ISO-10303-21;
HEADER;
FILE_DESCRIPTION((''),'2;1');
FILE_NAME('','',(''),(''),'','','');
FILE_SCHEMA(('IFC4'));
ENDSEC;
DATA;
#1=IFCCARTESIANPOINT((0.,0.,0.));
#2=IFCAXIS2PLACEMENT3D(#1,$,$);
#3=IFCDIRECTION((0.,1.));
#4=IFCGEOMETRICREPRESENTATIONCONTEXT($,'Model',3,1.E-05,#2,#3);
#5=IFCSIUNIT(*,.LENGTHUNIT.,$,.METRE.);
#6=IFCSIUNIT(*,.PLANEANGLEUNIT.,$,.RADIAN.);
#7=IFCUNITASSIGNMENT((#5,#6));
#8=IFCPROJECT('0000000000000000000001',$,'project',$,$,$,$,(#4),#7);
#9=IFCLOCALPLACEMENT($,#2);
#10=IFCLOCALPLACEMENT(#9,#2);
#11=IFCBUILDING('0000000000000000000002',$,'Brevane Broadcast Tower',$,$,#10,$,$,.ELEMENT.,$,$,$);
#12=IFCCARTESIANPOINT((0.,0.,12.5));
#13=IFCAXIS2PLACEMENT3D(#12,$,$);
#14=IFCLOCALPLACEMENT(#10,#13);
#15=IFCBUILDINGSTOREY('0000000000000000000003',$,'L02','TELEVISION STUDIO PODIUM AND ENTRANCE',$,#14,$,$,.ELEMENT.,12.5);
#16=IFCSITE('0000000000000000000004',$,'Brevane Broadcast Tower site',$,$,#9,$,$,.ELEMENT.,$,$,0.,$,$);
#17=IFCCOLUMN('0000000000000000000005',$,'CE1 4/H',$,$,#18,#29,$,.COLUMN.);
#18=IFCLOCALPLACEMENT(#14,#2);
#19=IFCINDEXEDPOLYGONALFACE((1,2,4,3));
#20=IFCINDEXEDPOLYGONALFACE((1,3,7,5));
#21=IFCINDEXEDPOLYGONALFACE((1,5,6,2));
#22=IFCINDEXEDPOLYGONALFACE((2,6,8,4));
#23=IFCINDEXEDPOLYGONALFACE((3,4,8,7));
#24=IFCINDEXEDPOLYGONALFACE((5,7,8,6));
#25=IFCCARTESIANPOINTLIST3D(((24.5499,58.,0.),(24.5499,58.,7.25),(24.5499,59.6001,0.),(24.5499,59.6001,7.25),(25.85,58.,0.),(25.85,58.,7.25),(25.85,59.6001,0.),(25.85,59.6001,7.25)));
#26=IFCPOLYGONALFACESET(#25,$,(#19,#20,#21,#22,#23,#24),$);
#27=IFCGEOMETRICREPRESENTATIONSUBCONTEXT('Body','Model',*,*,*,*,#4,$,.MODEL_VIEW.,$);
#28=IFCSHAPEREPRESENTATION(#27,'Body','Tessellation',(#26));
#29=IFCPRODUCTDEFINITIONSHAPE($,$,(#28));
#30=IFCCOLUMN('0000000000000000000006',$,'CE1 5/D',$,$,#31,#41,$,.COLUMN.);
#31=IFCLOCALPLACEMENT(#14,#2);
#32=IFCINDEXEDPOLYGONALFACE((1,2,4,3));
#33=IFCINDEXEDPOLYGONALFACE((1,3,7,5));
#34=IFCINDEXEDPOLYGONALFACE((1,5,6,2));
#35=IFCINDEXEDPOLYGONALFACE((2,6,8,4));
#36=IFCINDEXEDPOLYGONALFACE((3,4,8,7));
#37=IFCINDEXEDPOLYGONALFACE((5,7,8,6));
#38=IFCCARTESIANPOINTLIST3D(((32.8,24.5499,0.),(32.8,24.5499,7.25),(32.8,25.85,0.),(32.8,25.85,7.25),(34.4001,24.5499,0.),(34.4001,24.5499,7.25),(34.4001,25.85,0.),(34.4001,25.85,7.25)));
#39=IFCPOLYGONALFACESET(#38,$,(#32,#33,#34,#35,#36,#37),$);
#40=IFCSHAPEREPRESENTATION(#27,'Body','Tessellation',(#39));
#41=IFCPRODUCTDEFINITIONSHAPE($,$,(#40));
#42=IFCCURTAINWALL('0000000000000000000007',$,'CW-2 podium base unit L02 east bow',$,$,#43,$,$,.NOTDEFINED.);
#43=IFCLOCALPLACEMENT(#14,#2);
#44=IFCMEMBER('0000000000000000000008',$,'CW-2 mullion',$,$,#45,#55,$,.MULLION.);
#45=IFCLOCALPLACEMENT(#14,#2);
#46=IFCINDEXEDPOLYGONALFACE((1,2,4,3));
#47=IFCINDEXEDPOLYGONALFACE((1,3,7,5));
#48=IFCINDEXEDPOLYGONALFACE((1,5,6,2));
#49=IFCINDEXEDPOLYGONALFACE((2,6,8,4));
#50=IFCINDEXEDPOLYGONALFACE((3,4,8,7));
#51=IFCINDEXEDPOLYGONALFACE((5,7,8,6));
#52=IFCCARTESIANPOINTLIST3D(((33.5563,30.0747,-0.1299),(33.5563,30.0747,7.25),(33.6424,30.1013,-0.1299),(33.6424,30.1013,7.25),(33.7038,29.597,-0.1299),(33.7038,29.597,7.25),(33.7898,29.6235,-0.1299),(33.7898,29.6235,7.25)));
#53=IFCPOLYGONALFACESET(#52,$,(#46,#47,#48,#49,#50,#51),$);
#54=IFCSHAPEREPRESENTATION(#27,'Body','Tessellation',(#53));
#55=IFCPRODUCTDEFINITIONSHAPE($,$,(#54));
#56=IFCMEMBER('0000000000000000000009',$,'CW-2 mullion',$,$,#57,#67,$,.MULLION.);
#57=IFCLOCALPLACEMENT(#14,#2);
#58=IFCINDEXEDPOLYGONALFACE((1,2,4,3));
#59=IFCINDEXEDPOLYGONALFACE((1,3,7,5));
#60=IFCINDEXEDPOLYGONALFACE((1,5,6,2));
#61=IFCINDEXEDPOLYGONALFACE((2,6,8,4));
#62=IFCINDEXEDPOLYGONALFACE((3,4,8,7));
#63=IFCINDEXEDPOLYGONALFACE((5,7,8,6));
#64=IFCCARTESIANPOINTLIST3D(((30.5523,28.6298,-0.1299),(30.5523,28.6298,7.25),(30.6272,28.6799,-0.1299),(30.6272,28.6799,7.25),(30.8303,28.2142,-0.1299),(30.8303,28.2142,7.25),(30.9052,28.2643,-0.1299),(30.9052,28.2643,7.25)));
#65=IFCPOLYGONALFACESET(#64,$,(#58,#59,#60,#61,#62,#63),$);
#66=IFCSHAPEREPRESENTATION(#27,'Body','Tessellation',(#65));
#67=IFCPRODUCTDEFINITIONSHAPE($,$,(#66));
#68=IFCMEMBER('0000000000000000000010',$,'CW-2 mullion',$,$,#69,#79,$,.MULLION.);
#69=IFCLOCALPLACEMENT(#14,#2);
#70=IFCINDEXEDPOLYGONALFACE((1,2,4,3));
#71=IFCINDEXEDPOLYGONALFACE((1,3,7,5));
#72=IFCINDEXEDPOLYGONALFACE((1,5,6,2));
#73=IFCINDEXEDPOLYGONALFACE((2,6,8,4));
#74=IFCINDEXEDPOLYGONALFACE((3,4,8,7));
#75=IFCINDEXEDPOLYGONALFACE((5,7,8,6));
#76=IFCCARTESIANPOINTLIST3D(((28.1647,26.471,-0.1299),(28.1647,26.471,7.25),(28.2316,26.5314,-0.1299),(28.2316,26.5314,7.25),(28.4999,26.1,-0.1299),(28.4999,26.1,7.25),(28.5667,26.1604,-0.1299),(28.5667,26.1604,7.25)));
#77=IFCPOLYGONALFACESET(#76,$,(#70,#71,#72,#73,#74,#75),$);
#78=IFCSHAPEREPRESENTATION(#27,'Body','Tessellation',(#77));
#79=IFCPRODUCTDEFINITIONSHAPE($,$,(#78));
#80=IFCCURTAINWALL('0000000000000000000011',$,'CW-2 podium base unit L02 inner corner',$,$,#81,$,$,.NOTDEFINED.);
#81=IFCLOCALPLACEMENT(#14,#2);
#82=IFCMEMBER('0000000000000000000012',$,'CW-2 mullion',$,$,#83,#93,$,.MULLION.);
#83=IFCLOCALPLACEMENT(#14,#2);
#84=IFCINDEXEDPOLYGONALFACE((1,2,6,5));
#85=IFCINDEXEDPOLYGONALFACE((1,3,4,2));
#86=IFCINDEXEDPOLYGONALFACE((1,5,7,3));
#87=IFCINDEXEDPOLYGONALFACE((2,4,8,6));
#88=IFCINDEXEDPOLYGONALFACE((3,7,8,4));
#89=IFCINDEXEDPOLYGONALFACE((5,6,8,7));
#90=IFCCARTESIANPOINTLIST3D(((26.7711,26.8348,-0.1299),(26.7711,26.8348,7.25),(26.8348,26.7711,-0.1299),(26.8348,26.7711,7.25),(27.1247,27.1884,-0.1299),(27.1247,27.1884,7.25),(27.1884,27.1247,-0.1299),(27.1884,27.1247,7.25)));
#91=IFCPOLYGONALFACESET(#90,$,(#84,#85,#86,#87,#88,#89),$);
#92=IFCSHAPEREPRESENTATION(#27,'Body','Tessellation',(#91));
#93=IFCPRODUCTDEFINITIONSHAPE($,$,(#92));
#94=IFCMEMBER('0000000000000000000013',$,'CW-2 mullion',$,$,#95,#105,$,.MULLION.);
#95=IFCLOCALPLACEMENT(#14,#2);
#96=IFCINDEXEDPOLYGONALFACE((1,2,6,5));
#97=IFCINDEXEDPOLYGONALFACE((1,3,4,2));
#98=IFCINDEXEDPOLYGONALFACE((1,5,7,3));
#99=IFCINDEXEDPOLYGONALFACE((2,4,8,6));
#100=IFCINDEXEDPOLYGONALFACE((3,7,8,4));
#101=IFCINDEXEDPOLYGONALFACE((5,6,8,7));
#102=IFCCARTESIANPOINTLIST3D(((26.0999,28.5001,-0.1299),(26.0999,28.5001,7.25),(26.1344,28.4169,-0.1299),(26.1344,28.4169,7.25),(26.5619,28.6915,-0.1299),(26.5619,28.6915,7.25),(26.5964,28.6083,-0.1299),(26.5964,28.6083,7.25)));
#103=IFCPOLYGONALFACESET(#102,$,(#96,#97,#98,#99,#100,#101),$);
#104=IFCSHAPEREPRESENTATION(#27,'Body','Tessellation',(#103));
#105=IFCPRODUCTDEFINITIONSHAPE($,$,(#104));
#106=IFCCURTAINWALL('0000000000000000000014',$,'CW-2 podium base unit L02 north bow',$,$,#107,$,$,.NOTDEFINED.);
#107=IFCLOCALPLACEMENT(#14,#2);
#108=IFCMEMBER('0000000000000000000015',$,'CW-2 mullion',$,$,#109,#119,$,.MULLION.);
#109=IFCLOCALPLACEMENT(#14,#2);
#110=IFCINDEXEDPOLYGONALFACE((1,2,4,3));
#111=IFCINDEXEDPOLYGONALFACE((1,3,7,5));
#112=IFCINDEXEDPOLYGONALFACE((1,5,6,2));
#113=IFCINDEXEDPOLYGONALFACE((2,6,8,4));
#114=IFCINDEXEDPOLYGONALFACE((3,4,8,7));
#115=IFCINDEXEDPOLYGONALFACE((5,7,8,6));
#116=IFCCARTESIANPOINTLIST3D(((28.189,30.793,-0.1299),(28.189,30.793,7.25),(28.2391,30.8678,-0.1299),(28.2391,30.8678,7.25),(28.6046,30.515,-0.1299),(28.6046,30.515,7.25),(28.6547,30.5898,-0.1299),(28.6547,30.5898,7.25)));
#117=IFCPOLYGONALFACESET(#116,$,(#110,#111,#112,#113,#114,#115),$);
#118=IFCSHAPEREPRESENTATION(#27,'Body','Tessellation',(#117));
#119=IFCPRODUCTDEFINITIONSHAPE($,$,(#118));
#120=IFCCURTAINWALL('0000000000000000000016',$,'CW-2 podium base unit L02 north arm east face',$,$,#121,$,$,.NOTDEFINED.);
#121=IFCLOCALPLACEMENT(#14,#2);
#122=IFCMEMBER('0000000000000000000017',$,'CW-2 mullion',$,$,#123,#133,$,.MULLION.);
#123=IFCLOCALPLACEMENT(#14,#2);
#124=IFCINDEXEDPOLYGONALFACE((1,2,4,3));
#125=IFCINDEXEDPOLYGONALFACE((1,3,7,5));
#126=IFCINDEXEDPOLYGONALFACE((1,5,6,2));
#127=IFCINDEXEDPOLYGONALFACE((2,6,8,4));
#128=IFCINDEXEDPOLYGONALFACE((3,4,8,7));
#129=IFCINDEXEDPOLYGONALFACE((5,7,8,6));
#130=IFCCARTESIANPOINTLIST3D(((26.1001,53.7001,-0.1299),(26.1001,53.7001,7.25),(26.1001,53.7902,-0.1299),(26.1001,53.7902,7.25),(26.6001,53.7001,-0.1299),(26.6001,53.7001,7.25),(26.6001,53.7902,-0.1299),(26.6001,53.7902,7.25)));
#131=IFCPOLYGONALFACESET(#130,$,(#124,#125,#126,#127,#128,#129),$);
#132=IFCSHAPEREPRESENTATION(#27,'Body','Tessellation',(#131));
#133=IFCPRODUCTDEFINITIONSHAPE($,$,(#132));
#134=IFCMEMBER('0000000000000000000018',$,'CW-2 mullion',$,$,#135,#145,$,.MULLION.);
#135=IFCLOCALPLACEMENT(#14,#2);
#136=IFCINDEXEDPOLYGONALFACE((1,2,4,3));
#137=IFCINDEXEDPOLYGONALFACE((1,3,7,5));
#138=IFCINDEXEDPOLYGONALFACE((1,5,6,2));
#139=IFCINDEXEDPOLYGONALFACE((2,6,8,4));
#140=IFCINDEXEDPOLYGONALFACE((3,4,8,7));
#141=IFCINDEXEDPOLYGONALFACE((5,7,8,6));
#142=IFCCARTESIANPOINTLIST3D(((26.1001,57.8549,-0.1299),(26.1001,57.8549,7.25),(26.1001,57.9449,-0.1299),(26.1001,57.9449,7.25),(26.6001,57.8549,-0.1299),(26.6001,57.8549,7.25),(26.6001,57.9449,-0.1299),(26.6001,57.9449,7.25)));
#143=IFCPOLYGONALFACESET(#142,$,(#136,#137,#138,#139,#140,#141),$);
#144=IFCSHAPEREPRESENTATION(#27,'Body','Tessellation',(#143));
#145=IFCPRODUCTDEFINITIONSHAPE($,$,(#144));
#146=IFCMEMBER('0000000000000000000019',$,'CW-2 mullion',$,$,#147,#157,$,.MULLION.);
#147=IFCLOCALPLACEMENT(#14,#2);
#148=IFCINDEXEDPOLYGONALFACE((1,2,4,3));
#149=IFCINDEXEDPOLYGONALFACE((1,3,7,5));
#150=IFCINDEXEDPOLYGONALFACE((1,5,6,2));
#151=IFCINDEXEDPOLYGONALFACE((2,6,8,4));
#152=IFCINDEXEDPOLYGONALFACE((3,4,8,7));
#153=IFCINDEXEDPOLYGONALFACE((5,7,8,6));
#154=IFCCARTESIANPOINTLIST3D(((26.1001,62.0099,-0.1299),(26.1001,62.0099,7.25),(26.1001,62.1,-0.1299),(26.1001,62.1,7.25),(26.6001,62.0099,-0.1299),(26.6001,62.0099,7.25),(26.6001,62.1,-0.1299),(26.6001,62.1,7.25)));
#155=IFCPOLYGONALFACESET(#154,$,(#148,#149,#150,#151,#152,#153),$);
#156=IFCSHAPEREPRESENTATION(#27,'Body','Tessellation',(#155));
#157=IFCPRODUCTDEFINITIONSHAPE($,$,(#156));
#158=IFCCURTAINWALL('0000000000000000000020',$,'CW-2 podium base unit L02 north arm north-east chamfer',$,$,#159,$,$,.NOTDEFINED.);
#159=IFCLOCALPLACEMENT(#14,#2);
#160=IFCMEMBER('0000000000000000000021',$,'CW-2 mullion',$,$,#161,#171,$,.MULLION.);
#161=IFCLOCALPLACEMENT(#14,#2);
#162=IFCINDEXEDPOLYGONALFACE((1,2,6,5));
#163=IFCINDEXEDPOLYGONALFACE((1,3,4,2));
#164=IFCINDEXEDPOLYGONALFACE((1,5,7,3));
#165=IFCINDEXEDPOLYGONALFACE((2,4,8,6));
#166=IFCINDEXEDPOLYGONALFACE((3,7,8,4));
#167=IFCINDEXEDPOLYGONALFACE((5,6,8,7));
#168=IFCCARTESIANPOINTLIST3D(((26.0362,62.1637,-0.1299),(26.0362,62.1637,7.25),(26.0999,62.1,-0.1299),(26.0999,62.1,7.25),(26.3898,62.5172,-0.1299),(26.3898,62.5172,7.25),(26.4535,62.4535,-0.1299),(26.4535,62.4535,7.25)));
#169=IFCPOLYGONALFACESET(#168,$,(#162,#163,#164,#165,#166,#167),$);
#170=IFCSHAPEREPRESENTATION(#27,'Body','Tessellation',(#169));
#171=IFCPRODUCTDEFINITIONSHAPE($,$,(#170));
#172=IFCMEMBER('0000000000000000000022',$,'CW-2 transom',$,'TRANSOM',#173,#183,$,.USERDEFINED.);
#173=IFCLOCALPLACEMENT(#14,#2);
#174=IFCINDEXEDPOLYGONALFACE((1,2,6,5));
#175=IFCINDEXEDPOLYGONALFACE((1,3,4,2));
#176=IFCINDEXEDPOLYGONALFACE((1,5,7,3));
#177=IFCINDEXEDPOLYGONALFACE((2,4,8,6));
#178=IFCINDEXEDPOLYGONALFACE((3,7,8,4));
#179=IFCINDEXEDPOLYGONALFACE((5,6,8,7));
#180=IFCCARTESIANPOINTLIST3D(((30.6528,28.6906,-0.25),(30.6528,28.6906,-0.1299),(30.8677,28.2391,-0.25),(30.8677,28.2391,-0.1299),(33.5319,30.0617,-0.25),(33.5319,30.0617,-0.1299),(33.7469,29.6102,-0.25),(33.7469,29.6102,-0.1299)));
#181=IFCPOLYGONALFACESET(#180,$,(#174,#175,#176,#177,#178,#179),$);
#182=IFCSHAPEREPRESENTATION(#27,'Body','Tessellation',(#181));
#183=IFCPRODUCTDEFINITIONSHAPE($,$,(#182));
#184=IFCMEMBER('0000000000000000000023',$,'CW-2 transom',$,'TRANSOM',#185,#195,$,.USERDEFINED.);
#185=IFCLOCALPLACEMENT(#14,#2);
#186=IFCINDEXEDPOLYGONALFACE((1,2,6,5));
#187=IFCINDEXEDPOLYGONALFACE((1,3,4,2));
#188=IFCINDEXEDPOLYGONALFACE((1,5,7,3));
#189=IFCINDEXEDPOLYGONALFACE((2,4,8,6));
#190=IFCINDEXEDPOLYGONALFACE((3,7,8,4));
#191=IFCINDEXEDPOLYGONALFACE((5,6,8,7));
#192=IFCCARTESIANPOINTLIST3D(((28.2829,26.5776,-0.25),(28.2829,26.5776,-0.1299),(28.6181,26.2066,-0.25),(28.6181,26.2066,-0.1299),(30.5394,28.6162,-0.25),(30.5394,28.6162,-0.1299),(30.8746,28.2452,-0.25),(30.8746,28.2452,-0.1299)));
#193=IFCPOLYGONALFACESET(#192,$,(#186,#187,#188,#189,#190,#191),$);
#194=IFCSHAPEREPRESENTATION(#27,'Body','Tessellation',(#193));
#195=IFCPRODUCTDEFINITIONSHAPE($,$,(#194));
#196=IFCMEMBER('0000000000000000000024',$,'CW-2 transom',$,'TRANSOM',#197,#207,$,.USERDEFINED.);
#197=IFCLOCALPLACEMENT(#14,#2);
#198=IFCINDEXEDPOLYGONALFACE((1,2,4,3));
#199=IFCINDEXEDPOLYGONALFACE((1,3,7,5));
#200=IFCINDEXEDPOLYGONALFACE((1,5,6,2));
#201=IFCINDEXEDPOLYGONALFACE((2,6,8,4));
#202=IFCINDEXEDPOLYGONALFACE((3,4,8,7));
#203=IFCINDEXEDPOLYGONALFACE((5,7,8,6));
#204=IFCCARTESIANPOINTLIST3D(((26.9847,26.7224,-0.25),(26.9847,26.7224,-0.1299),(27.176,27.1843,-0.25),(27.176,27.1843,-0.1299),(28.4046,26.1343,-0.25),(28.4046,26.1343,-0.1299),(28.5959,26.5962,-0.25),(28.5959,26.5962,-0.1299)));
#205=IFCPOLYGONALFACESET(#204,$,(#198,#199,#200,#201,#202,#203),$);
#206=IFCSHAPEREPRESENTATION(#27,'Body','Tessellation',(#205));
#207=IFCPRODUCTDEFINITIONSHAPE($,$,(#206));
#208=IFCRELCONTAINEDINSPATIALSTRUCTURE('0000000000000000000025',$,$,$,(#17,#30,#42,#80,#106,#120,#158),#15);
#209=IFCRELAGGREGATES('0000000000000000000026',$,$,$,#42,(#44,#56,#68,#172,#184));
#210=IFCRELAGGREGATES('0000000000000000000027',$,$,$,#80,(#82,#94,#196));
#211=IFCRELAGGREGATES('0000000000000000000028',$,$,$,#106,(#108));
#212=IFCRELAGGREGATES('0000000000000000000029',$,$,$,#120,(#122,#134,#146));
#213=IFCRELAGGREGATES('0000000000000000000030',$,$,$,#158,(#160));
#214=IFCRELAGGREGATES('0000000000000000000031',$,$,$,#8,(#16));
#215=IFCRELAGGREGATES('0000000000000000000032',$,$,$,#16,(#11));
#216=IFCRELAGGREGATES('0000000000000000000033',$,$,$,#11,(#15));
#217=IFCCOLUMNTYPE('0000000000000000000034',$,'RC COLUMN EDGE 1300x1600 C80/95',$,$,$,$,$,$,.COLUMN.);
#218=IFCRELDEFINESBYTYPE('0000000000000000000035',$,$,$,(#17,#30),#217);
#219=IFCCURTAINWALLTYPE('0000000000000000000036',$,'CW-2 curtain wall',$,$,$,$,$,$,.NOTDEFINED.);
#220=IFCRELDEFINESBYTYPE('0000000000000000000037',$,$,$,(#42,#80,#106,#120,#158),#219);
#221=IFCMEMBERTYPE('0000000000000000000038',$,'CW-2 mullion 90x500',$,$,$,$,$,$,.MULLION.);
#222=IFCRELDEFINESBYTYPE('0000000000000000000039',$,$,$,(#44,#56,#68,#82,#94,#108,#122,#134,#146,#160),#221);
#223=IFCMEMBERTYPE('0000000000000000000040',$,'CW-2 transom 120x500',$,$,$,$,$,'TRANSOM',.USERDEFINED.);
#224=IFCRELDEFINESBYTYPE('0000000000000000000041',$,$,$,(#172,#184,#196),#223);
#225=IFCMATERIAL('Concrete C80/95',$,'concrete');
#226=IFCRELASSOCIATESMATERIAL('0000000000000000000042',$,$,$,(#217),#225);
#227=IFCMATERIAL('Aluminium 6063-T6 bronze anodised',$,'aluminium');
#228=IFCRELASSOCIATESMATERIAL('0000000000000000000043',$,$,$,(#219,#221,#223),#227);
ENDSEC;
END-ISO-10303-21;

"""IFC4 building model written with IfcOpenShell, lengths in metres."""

from ifc_helpers import new_model, si_unit, direction, frame, origin, origin_2d, place, context, subcontext, project, spatial, rectangle, extrude, material, material_profile, profile_set, type_object, element, aggregate, save


model = new_model("IFC4")

# Units and contexts
model_context = context("Model", 3, precision=1e-05, world=origin(), true_north=direction((0.0, 1.0)))
body_context = subcontext(model_context, "Body", "Model", "MODEL_VIEW")
ifc_project = project(units=[si_unit("LENGTHUNIT", "METRE"), si_unit("PLANEANGLEUNIT", "RADIAN")], contexts=[model_context])

# Site, building, storey
site_placement = place(None, origin())
site = spatial("IfcSite", under=ifc_project, at=site_placement, Name="Brevane Broadcast Tower site", CompositionType="ELEMENT", RefElevation=0.0)
building_placement = place(site_placement, origin())
building = spatial("IfcBuilding", under=site, at=building_placement, Name="Brevane Broadcast Tower", CompositionType="ELEMENT")
storey_placement = place(building_placement, frame((0.0, 0.0, 12.5)))
storey = spatial("IfcBuildingStorey", under=building, at=storey_placement, Name="L02", Description="TELEVISION STUDIO PODIUM AND ENTRANCE", CompositionType="ELEMENT", Elevation=12.5)

# Columns
ifc_material_1 = material(Name="Concrete C80/95", Category="concrete")
ifc_material_profile_1 = material_profile(ifc_material_1, rectangle(XDim=1.3, YDim=1.6001, at=origin_2d()), Name="RC 1300x1600")
ifc_profile_set_1 = profile_set([ifc_material_profile_1], Name="Concrete C80/95")
column_type = type_object("IfcColumnType", Name="RC COLUMN EDGE 1300x1600 C80/95", PredefinedType="COLUMN", material=ifc_profile_set_1)
for number, where, z_axis, x_axis, name in (
    (1, (25.2, 58.8, 0.0), (0.0, 0.0, 1.0), (1.0, 0.0, 0.0), "CE1 4/H"),
    (2, (33.6001, 25.2, 0.0), (0.0, 0.0, 1.0), (0.0, 1.0, 0.0), "CE1 5/D"),
):
    element("IfcColumn", number, at=place(storey_placement, frame(where, z_axis=z_axis, x_axis=x_axis)), inside=storey, type_object=column_type, Name=name, PredefinedType="COLUMN", context=body_context, shape_type="SweptSolid", body=[
        extrude(rectangle(XDim=1.3, YDim=1.6001, at=origin_2d()), origin(), (0.0, 0.0, 1.0), 7.25),
    ])

# Curtain walls, members
ifc_material_2 = material(Name="Aluminium 6063-T6 bronze anodised", Category="aluminium")
curtain_wall_type = type_object("IfcCurtainWallType", Name="CW-2 curtain wall", PredefinedType="NOTDEFINED", material=ifc_material_2)
curtain_wall_1_placement = place(storey_placement, origin())
curtain_wall_1 = element("IfcCurtainWall", 3, at=curtain_wall_1_placement, inside=storey, type_object=curtain_wall_type, Name="CW-2 podium base unit L02 east bow", PredefinedType="NOTDEFINED")
ifc_material_profile_2 = material_profile(ifc_material_2, rectangle(XDim=0.5, YDim=0.0901, at=origin_2d()), Name="RECT 90x500")
ifc_profile_set_2 = profile_set([ifc_material_profile_2], Name="Aluminium 6063-T6 bronze anodised")
member_type_1 = type_object("IfcMemberType", Name="CW-2 mullion 90x500", PredefinedType="MULLION", material=ifc_profile_set_2)
member_1_placement = place(storey_placement, frame((33.6731, 29.8491, -0.1299), z_axis=(0.0, 0.0, 1.0), x_axis=(0.294828, -0.95555, 0.0)))
member_1 = element("IfcMember", 4, at=member_1_placement, type_object=member_type_1, Name="CW-2 mullion", PredefinedType="MULLION", context=body_context, shape_type="SweptSolid", body=[
    extrude(rectangle(XDim=0.5, YDim=0.0901, at=origin_2d()), origin(), (0.0, 0.0, 1.0), 7.3799),
])
member_2_placement = place(storey_placement, frame((30.7288, 28.447, -0.1299), z_axis=(0.0, 0.0, 1.0), x_axis=(0.555997, -0.831184, 0.0)))
member_2 = element("IfcMember", 5, at=member_2_placement, type_object=member_type_1, Name="CW-2 mullion", PredefinedType="MULLION", context=body_context, shape_type="SweptSolid", body=[
    extrude(rectangle(XDim=0.5, YDim=0.0901, at=origin_2d()), origin(), (0.0, 0.0, 1.0), 7.3799),
])
member_3_placement = place(storey_placement, frame((28.3657, 26.3157, -0.1299), z_axis=(0.0, 0.0, 1.0), x_axis=(0.670369, -0.742028, 0.0)))
member_3 = element("IfcMember", 6, at=member_3_placement, type_object=member_type_1, Name="CW-2 mullion", PredefinedType="MULLION", context=body_context, shape_type="SweptSolid", body=[
    extrude(rectangle(XDim=0.5, YDim=0.0901, at=origin_2d()), origin(), (0.0, 0.0, 1.0), 7.3799),
])
curtain_wall_2_placement = place(storey_placement, origin())
curtain_wall_2 = element("IfcCurtainWall", 7, at=curtain_wall_2_placement, inside=storey, type_object=curtain_wall_type, Name="CW-2 podium base unit L02 inner corner", PredefinedType="NOTDEFINED")
member_4_placement = place(storey_placement, frame((26.9797, 26.9797, -0.1299), z_axis=(0.0, 0.0, 1.0), x_axis=(-0.707107, -0.707107, 0.0)))
member_4 = element("IfcMember", 8, at=member_4_placement, type_object=member_type_1, Name="CW-2 mullion", PredefinedType="MULLION", context=body_context, shape_type="SweptSolid", body=[
    extrude(rectangle(XDim=0.5, YDim=0.0901, at=origin_2d()), origin(), (0.0, 0.0, 1.0), 7.3799),
])
member_5_placement = place(storey_placement, frame((26.3481, 28.5542, -0.1299), z_axis=(0.0, 0.0, 1.0), x_axis=(-0.923879, -0.382684, 0.0)))
member_5 = element("IfcMember", 9, at=member_5_placement, type_object=member_type_1, Name="CW-2 mullion", PredefinedType="MULLION", context=body_context, shape_type="SweptSolid", body=[
    extrude(rectangle(XDim=0.5, YDim=0.0901, at=origin_2d()), origin(), (0.0, 0.0, 1.0), 7.3799),
])

# Curtain wall, member
curtain_wall_3_placement = place(storey_placement, origin())
curtain_wall_3 = element("IfcCurtainWall", 10, at=curtain_wall_3_placement, inside=storey, type_object=curtain_wall_type, Name="CW-2 podium base unit L02 north bow", PredefinedType="NOTDEFINED")
member_6_placement = place(storey_placement, frame((28.4219, 30.6914, -0.1299), z_axis=(0.0, 0.0, 1.0), x_axis=(-0.831184, 0.555997, 0.0)))
member_6 = element("IfcMember", 11, at=member_6_placement, type_object=member_type_1, Name="CW-2 mullion", PredefinedType="MULLION", context=body_context, shape_type="SweptSolid", body=[
    extrude(rectangle(XDim=0.5, YDim=0.0901, at=origin_2d()), origin(), (0.0, 0.0, 1.0), 7.3799),
])

# Curtain wall, members
curtain_wall_4_placement = place(storey_placement, origin())
curtain_wall_4 = element("IfcCurtainWall", 12, at=curtain_wall_4_placement, inside=storey, type_object=curtain_wall_type, Name="CW-2 podium base unit L02 north arm east face", PredefinedType="NOTDEFINED")
member_7_placement = place(storey_placement, frame((26.3501, 53.7451, -0.1299), z_axis=(0.0, 0.0, 1.0), x_axis=(-1.0, 0.0, 0.0)))
member_7 = element("IfcMember", 13, at=member_7_placement, type_object=member_type_1, Name="CW-2 mullion", PredefinedType="MULLION", context=body_context, shape_type="SweptSolid", body=[
    extrude(rectangle(XDim=0.5, YDim=0.0901, at=origin_2d()), origin(), (0.0, 0.0, 1.0), 7.3799),
])
member_8_placement = place(storey_placement, frame((26.3501, 57.8999, -0.1299), z_axis=(0.0, 0.0, 1.0), x_axis=(-1.0, 0.0, 0.0)))
member_8 = element("IfcMember", 14, at=member_8_placement, type_object=member_type_1, Name="CW-2 mullion", PredefinedType="MULLION", context=body_context, shape_type="SweptSolid", body=[
    extrude(rectangle(XDim=0.5, YDim=0.0901, at=origin_2d()), origin(), (0.0, 0.0, 1.0), 7.3799),
])
member_9_placement = place(storey_placement, frame((26.3501, 62.0549, -0.1299), z_axis=(0.0, 0.0, 1.0), x_axis=(-1.0, 0.0, 0.0)))
member_9 = element("IfcMember", 15, at=member_9_placement, type_object=member_type_1, Name="CW-2 mullion", PredefinedType="MULLION", context=body_context, shape_type="SweptSolid", body=[
    extrude(rectangle(XDim=0.5, YDim=0.0901, at=origin_2d()), origin(), (0.0, 0.0, 1.0), 7.3799),
])

# Curtain wall, member
curtain_wall_5_placement = place(storey_placement, origin())
curtain_wall_5 = element("IfcCurtainWall", 16, at=curtain_wall_5_placement, inside=storey, type_object=curtain_wall_type, Name="CW-2 podium base unit L02 north arm north-east chamfer", PredefinedType="NOTDEFINED")
member_10_placement = place(storey_placement, frame((26.2449, 62.3086, -0.1299), z_axis=(0.0, 0.0, 1.0), x_axis=(-0.707107, -0.707107, 0.0)))
member_10 = element("IfcMember", 17, at=member_10_placement, type_object=member_type_1, Name="CW-2 mullion", PredefinedType="MULLION", context=body_context, shape_type="SweptSolid", body=[
    extrude(rectangle(XDim=0.5, YDim=0.0901, at=origin_2d()), origin(), (0.0, 0.0, 1.0), 7.3799),
])

# Members
ifc_material_profile_3 = material_profile(ifc_material_2, rectangle(XDim=0.5, YDim=0.1201, at=origin_2d()), Name="RECT 120x500")
ifc_profile_set_3 = profile_set([ifc_material_profile_3], Name="Aluminium 6063-T6 bronze anodised")
member_type_2 = type_object("IfcMemberType", Name="CW-2 transom 120x500", ElementType="TRANSOM", PredefinedType="USERDEFINED", material=ifc_profile_set_3)
member_11_placement = place(storey_placement, frame((33.6394, 29.8359, -0.1899), z_axis=(-0.902852, -0.429951, 0.0), x_axis=(0.429951, -0.902852, 0.0)))
member_11 = element("IfcMember", 18, at=member_11_placement, type_object=member_type_2, Name="CW-2 transom", ObjectType="TRANSOM", PredefinedType="USERDEFINED", context=body_context, shape_type="SweptSolid", body=[
    extrude(rectangle(XDim=0.5, YDim=0.1201, at=origin_2d()), origin(), (0.0, 0.0, 1.0), 3.189),
])
member_12_placement = place(storey_placement, frame((30.707, 28.4307, -0.1899), z_axis=(-0.742043, -0.670352, 0.0), x_axis=(0.670352, -0.742043, 0.0)))
member_12 = element("IfcMember", 19, at=member_12_placement, type_object=member_type_2, Name="CW-2 transom", ObjectType="TRANSOM", PredefinedType="USERDEFINED", context=body_context, shape_type="SweptSolid", body=[
    extrude(rectangle(XDim=0.5, YDim=0.1201, at=origin_2d()), origin(), (0.0, 0.0, 1.0), 3.041),
])
aggregate(curtain_wall_1, [member_1, member_2, member_3, member_11, member_12])
member_13_placement = place(storey_placement, frame((28.5002, 26.3652, -0.1899), z_axis=(-0.923883, 0.382674, 0.0), x_axis=(-0.382674, -0.923883, 0.0)))
member_13 = element("IfcMember", 20, at=member_13_placement, type_object=member_type_2, Name="CW-2 transom", ObjectType="TRANSOM", PredefinedType="USERDEFINED", context=body_context, shape_type="SweptSolid", body=[
    extrude(rectangle(XDim=0.5, YDim=0.1201, at=origin_2d()), origin(), (0.0, 0.0, 1.0), 1.5369),
])
aggregate(curtain_wall_2, [member_4, member_5, member_13])
aggregate(curtain_wall_3, [member_6])
aggregate(curtain_wall_4, [member_7, member_8, member_9])
aggregate(curtain_wall_5, [member_10])

save(model, "model.ifc")
